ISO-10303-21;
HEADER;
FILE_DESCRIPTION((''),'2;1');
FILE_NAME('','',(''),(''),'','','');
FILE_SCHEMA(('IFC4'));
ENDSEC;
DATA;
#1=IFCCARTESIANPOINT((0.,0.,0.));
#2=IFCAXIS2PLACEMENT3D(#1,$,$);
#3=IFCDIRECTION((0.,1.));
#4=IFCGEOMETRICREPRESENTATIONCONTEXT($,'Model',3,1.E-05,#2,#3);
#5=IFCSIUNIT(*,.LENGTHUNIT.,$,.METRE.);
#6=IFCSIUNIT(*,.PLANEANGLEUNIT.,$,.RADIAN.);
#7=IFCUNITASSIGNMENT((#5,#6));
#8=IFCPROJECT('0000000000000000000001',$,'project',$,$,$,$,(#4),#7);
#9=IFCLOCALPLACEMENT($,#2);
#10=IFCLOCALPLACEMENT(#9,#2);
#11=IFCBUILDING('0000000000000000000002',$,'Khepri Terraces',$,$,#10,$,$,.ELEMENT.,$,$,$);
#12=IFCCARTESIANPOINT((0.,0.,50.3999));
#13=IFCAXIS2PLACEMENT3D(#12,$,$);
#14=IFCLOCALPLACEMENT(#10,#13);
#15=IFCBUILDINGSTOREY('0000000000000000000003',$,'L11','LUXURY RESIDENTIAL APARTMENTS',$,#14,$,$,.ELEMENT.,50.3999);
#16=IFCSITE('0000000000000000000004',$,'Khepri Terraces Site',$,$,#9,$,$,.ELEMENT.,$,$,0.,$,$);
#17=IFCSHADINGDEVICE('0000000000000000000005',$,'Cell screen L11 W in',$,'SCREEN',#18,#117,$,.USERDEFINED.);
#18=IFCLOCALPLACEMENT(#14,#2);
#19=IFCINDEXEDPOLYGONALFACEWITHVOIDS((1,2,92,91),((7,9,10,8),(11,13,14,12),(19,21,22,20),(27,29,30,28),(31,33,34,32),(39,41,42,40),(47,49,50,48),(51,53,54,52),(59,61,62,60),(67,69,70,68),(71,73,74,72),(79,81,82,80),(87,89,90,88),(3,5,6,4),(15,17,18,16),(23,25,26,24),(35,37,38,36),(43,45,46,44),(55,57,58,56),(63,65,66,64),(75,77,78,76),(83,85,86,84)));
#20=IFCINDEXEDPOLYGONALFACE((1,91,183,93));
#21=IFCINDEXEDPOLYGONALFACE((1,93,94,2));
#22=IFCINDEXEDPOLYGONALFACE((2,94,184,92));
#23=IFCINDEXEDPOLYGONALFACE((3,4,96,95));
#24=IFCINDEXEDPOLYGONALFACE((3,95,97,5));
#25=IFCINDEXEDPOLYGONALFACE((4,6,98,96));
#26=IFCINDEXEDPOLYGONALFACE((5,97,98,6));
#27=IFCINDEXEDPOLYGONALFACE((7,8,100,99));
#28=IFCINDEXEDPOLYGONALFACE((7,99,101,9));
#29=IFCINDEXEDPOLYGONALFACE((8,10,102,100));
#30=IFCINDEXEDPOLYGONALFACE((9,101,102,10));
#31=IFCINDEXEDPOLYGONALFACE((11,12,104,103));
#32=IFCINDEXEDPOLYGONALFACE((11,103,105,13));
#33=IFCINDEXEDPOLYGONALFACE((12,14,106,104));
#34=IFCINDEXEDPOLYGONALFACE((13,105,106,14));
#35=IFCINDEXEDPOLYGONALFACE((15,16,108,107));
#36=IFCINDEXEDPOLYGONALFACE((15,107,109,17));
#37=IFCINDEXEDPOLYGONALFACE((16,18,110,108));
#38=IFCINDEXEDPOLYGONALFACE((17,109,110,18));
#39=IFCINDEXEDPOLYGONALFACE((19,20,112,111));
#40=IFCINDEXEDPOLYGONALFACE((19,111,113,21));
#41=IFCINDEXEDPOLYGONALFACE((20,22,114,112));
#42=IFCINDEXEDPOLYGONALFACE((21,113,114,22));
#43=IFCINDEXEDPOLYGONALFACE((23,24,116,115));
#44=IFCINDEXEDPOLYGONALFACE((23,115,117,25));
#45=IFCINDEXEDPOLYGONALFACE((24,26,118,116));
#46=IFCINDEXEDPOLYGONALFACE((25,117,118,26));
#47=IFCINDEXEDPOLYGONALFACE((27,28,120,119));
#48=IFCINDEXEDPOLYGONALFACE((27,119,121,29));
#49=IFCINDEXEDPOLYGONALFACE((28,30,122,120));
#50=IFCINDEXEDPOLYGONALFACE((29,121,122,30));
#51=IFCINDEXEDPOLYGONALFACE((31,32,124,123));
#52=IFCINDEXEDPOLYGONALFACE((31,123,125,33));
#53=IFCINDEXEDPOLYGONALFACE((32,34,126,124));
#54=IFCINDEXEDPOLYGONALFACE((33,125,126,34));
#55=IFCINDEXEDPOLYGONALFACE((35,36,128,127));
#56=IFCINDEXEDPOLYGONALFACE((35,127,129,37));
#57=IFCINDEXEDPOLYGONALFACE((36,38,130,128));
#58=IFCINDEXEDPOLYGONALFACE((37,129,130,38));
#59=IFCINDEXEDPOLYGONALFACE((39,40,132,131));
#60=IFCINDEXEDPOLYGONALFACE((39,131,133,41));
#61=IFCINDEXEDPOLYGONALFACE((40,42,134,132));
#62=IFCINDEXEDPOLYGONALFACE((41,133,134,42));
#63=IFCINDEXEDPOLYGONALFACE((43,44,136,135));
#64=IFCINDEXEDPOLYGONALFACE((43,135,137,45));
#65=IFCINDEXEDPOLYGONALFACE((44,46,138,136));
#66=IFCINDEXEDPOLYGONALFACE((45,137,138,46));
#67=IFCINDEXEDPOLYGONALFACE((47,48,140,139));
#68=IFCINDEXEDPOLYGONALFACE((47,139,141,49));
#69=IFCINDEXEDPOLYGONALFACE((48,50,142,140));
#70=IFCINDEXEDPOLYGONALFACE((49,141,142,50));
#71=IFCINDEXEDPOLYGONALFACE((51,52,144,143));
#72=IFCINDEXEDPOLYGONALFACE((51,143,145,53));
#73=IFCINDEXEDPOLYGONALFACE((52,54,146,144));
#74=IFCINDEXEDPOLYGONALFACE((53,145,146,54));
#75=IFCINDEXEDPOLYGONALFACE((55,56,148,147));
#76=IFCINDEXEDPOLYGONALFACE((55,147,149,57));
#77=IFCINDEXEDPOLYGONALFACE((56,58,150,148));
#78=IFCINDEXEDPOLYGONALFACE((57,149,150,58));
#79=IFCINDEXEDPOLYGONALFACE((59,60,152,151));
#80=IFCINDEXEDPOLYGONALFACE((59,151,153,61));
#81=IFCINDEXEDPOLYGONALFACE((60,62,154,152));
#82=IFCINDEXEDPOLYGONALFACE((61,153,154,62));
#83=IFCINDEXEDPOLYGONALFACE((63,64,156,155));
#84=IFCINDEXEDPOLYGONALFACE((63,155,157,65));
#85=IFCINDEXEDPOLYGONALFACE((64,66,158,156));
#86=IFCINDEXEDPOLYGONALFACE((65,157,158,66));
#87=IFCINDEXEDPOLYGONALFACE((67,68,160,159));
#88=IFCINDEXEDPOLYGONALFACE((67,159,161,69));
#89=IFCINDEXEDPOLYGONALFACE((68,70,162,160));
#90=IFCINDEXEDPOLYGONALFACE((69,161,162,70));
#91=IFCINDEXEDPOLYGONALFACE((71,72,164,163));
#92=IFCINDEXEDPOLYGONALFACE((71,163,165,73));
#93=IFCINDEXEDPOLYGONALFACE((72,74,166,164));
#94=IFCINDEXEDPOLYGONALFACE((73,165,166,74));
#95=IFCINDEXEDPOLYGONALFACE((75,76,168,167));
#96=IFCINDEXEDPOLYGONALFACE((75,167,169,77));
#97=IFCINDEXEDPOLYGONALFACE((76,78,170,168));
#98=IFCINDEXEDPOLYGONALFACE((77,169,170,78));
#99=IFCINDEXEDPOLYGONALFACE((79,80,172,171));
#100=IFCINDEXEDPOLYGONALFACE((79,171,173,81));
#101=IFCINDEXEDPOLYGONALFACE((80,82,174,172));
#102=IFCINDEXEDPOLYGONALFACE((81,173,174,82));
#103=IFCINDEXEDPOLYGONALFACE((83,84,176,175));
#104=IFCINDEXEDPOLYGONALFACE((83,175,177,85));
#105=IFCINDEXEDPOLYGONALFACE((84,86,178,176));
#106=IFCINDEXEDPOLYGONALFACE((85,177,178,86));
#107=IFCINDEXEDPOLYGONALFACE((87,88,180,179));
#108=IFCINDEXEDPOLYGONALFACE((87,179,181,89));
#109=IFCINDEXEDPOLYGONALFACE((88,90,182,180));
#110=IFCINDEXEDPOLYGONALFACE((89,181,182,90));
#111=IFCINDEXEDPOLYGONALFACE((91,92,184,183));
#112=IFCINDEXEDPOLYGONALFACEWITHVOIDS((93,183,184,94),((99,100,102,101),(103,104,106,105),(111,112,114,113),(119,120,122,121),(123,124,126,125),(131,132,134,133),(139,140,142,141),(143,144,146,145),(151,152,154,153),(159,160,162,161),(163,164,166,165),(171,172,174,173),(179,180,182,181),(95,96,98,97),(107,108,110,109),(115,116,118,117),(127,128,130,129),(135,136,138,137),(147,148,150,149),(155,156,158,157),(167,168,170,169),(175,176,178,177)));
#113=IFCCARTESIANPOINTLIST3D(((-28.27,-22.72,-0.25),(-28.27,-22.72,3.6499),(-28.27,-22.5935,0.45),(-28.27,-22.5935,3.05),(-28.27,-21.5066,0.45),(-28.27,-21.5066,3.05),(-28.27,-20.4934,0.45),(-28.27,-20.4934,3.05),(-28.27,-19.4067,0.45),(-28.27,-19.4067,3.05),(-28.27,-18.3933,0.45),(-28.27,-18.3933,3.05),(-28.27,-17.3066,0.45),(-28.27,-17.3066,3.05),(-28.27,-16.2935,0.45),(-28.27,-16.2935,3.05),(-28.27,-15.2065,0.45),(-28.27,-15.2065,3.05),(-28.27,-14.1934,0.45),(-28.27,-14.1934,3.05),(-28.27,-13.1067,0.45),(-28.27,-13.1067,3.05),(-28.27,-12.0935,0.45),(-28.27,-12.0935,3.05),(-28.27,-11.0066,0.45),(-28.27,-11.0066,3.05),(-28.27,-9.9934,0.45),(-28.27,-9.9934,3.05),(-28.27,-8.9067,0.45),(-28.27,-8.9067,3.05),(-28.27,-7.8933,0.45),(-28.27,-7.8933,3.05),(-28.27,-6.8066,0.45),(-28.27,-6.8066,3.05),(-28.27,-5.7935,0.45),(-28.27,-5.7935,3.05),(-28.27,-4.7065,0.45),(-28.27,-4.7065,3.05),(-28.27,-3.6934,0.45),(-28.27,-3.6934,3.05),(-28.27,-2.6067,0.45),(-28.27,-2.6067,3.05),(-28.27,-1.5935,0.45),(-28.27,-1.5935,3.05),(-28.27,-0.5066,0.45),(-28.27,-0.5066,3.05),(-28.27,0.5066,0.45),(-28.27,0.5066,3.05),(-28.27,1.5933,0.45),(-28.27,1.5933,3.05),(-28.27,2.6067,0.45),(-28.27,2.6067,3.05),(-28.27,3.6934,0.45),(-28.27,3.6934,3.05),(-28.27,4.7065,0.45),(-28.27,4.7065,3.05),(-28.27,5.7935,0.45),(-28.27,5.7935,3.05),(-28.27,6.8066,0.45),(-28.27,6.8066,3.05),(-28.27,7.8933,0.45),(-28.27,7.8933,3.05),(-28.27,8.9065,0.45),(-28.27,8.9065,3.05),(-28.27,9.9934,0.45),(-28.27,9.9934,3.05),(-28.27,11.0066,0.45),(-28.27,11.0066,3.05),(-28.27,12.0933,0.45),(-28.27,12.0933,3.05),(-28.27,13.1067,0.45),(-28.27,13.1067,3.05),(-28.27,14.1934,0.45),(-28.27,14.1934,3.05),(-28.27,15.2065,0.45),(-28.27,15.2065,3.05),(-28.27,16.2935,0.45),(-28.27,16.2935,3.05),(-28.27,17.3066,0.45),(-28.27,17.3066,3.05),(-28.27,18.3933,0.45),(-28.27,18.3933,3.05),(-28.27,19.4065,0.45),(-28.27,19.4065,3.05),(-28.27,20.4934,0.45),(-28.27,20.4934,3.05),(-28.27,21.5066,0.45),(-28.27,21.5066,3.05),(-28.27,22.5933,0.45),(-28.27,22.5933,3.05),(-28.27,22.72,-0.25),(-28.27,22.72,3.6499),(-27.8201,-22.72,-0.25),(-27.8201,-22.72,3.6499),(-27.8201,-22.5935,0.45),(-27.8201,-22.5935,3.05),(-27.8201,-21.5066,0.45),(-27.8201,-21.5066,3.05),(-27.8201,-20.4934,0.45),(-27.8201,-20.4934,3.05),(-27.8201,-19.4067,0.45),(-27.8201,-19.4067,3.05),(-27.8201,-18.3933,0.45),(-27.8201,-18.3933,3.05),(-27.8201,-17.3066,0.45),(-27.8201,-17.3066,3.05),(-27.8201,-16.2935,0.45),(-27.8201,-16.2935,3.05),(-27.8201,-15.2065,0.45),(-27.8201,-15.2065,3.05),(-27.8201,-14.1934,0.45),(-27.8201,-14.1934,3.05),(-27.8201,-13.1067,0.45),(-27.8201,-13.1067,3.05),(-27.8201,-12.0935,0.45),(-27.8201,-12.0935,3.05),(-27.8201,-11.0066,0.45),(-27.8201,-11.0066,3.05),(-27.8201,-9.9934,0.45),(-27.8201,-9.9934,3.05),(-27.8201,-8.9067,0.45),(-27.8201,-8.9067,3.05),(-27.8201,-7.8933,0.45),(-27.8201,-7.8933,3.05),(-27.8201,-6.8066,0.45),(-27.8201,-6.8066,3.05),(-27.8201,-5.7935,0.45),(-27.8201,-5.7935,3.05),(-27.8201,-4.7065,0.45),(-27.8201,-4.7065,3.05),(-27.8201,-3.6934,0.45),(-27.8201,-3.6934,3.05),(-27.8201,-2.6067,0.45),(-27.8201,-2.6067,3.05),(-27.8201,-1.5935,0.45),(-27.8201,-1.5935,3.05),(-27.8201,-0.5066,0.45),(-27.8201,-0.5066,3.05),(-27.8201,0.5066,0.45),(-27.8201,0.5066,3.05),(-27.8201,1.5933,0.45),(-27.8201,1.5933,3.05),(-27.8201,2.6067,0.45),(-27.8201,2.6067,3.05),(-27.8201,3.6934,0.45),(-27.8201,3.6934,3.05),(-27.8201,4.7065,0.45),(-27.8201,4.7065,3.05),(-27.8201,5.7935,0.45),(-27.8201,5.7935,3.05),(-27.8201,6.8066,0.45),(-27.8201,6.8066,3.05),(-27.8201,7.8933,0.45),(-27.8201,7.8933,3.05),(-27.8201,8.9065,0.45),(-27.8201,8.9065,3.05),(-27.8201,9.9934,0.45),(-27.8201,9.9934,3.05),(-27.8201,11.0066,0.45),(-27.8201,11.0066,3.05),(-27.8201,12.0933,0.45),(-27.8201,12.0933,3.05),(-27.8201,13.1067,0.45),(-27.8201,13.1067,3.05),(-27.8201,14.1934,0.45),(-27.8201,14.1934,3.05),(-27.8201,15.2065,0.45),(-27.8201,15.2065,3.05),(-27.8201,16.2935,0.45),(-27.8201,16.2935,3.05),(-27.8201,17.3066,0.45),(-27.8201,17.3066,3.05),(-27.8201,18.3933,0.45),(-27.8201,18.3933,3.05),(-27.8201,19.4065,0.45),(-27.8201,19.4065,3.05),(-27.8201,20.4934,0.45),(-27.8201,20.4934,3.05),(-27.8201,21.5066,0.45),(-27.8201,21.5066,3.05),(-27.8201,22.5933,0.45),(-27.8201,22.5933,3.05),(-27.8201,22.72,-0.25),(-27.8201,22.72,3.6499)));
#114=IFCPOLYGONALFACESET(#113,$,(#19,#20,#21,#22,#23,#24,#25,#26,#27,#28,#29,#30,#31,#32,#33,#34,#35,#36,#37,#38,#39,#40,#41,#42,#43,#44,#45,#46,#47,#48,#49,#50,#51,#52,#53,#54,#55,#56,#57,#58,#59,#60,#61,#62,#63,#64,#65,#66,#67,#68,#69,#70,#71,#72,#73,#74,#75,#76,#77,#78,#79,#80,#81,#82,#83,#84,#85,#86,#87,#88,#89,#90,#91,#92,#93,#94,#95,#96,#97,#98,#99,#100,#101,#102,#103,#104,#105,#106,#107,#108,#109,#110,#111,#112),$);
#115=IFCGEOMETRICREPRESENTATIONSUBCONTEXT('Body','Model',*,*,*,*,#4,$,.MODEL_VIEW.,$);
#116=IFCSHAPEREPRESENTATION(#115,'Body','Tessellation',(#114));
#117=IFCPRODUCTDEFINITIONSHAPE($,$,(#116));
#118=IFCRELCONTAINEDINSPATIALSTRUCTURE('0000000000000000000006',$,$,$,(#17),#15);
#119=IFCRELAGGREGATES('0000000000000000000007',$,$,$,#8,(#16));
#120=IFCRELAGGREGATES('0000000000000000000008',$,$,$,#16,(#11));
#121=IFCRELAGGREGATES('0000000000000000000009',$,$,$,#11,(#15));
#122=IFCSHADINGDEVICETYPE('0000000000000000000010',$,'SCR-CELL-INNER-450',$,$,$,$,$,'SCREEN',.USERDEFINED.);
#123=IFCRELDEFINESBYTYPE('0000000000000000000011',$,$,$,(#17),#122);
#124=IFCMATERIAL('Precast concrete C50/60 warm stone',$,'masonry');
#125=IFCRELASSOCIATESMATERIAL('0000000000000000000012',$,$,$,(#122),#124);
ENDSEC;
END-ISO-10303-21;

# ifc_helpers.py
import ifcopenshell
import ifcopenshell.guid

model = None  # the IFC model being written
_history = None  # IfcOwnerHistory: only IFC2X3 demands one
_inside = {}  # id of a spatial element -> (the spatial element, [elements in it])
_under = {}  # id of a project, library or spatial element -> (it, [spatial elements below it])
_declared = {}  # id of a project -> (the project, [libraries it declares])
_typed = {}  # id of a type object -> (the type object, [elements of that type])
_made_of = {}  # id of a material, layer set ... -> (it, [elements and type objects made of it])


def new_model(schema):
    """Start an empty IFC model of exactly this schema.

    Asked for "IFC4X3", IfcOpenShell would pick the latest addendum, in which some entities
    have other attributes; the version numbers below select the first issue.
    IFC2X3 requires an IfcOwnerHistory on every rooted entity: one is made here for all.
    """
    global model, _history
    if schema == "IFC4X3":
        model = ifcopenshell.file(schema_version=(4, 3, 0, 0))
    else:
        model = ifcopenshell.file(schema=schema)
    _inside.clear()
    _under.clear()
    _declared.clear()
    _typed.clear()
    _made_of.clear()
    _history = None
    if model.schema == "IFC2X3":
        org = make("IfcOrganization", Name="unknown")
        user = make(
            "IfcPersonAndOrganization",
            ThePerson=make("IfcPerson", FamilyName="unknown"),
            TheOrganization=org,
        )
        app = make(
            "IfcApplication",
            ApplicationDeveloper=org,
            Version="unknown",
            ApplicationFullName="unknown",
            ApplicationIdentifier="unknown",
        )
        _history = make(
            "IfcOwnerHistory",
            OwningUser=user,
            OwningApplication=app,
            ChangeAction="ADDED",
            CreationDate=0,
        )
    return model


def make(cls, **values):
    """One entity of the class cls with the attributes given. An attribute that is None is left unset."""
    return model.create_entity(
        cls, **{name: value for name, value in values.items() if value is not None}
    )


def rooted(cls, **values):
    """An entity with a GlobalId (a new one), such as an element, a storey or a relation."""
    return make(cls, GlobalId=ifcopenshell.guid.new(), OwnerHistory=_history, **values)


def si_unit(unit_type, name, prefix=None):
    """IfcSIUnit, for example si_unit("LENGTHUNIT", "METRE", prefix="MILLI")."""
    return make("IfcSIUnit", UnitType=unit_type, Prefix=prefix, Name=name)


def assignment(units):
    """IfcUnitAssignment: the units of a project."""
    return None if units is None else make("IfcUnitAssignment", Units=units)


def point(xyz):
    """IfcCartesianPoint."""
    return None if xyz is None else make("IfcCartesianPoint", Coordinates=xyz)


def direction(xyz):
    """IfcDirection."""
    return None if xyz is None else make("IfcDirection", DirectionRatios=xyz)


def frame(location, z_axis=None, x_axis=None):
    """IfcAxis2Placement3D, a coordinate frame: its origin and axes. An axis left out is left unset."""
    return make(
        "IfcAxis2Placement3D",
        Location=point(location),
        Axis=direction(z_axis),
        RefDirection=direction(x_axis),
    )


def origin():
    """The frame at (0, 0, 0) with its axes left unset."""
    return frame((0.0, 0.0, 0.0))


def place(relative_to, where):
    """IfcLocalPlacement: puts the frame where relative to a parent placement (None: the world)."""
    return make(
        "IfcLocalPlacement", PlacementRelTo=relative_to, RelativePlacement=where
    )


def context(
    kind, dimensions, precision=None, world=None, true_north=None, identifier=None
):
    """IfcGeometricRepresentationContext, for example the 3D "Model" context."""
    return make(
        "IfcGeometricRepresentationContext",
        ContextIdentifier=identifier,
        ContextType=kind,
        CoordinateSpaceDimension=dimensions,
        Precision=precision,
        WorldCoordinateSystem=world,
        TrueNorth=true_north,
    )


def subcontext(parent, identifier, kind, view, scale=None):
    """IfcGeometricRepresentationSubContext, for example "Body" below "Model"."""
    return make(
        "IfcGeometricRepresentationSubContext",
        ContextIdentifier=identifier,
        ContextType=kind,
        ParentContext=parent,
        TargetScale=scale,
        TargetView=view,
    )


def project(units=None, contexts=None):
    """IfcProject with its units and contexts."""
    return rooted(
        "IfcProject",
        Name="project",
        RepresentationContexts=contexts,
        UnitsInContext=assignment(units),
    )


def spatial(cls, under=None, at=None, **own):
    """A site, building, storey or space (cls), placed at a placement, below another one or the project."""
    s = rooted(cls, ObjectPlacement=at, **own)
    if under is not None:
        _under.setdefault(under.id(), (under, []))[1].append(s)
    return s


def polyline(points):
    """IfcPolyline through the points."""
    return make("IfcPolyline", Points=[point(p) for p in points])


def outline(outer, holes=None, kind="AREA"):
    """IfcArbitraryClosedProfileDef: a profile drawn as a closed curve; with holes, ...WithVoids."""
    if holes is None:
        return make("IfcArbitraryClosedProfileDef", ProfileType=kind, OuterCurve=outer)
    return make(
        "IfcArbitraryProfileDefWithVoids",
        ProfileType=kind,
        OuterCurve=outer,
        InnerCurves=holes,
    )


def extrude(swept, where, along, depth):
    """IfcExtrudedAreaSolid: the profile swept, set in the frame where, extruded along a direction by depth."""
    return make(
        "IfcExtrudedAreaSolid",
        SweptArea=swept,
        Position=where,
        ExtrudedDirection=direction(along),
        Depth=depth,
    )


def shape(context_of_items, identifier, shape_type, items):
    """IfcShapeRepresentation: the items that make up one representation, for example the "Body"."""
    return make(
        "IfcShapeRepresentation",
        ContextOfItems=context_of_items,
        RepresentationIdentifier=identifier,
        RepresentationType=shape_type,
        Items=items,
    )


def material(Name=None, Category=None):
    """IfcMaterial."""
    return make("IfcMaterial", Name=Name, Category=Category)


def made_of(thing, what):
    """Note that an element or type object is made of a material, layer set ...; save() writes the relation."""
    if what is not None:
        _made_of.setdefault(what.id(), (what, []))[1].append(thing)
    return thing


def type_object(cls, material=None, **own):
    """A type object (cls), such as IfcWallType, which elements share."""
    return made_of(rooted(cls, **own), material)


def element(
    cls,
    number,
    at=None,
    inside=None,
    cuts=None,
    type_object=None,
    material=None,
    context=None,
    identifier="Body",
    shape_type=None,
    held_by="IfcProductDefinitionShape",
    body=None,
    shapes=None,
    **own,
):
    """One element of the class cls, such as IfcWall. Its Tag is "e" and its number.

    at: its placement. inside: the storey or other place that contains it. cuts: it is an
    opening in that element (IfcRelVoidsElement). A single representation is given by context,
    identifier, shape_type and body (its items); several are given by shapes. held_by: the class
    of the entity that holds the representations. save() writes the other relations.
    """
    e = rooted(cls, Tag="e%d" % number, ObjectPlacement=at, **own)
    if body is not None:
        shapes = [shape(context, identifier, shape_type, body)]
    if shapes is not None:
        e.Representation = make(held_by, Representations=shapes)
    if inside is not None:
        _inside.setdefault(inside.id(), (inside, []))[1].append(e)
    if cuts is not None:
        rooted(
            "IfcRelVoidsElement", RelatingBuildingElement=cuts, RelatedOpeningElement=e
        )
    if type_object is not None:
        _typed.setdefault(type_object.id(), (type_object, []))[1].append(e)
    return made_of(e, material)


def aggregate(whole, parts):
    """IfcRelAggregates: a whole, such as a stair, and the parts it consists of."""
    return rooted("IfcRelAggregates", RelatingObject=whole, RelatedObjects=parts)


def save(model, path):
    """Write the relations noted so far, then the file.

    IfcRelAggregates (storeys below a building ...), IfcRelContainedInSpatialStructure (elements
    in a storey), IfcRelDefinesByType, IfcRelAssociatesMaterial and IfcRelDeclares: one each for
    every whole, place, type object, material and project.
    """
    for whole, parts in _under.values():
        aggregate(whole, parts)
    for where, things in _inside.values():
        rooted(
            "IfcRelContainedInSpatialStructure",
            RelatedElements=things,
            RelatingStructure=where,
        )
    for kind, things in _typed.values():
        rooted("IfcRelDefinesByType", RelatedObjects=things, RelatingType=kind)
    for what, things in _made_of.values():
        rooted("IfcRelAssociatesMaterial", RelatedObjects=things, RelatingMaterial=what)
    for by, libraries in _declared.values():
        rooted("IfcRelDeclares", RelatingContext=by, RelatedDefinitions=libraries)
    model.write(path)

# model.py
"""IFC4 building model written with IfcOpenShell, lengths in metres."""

from ifc_helpers import new_model, si_unit, direction, frame, origin, place, context, subcontext, project, spatial, polyline, outline, extrude, material, type_object, element, save


model = new_model("IFC4")

# Units and contexts
model_context = context("Model", 3, precision=1e-05, world=origin(), true_north=direction((0.0, 1.0)))
body_context = subcontext(model_context, "Body", "Model", "MODEL_VIEW")
ifc_project = project(units=[si_unit("LENGTHUNIT", "METRE"), si_unit("PLANEANGLEUNIT", "RADIAN")], contexts=[model_context])

# Site, building, storey
site_placement = place(None, origin())
site = spatial("IfcSite", under=ifc_project, at=site_placement, Name="Khepri Terraces Site", CompositionType="ELEMENT", RefElevation=0.0)
building_placement = place(site_placement, origin())
building = spatial("IfcBuilding", under=site, at=building_placement, Name="Khepri Terraces", CompositionType="ELEMENT")
storey_placement = place(building_placement, frame((0.0, 0.0, 50.3999)))
storey = spatial("IfcBuildingStorey", under=building, at=storey_placement, Name="L11", Description="LUXURY RESIDENTIAL APARTMENTS", CompositionType="ELEMENT", Elevation=50.3999)

# Shared definitions
ifc_material_1 = material(Name="Precast concrete C50/60 warm stone", Category="masonry")

# Shading device
shading_device_type_1 = type_object("IfcShadingDeviceType", Name="SCR-CELL-INNER-450", ElementType="SCREEN", PredefinedType="USERDEFINED", material=ifc_material_1)
shading_device_1_placement = place(storey_placement, frame((-27.8201, 22.72, -0.25), z_axis=(-1.0, 0.0, 0.0), x_axis=(0.0, -1.0, 0.0)))
element("IfcShadingDevice", 1, at=shading_device_1_placement, inside=storey, type_object=shading_device_type_1, Name="Cell screen L11 W in", ObjectType="SCREEN", PredefinedType="USERDEFINED", context=body_context, shape_type="SweptSolid", body=[
    extrude(outline(polyline([(0.0, 0.0), (45.4399, 0.0), (45.4399, 3.8999), (0.0, 3.8999), (0.0, 0.0)]), holes=[polyline([(0.1267, 0.7), (1.2134, 0.7), (1.2134, 3.3), (0.1267, 3.3), (0.1267, 0.7)]), polyline([(2.2266, 0.7), (3.3135, 0.7), (3.3135, 3.3), (2.2266, 3.3), (2.2266, 0.7)]), polyline([(4.3267, 0.7), (5.4133, 0.7), (5.4133, 3.3), (4.3267, 3.3), (4.3267, 0.7)]), polyline([(6.4265, 0.7), (7.5134, 0.7), (7.5134, 3.3), (6.4265, 3.3), (6.4265, 0.7)]), polyline([(8.5266, 0.7), (9.6133, 0.7), (9.6133, 3.3), (8.5266, 3.3), (8.5266, 0.7)]), polyline([(10.6267, 0.7), (11.7134, 0.7), (11.7134, 3.3), (10.6267, 3.3), (10.6267, 0.7)]), polyline([(12.7266, 0.7), (13.8135, 0.7), (13.8135, 3.3), (12.7266, 3.3), (12.7266, 0.7)]), polyline([(14.8267, 0.7), (15.9133, 0.7), (15.9133, 3.3), (14.8267, 3.3), (14.8267, 0.7)]), polyline([(16.9265, 0.7), (18.0134, 0.7), (18.0134, 3.3), (16.9265, 3.3), (16.9265, 0.7)]), polyline([(19.0266, 0.7), (20.1133, 0.7), (20.1133, 3.3), (19.0266, 3.3), (19.0266, 0.7)]), polyline([(21.1267, 0.7), (22.2134, 0.7), (22.2134, 3.3), (21.1267, 3.3), (21.1267, 0.7)]), polyline([(23.2266, 0.7), (24.3135, 0.7), (24.3135, 3.3), (23.2266, 3.3), (23.2266, 0.7)]), polyline([(25.3267, 0.7), (26.4133, 0.7), (26.4133, 3.3), (25.3267, 3.3), (25.3267, 0.7)]), polyline([(27.4265, 0.7), (28.5134, 0.7), (28.5134, 3.3), (27.4265, 3.3), (27.4265, 0.7)]), polyline([(29.5266, 0.7), (30.6133, 0.7), (30.6133, 3.3), (29.5266, 3.3), (29.5266, 0.7)]), polyline([(31.6267, 0.7), (32.7134, 0.7), (32.7134, 3.3), (31.6267, 3.3), (31.6267, 0.7)]), polyline([(33.7266, 0.7), (34.8135, 0.7), (34.8135, 3.3), (33.7266, 3.3), (33.7266, 0.7)]), polyline([(35.8267, 0.7), (36.9133, 0.7), (36.9133, 3.3), (35.8267, 3.3), (35.8267, 0.7)]), polyline([(37.9265, 0.7), (39.0134, 0.7), (39.0134, 3.3), (37.9265, 3.3), (37.9265, 0.7)]), polyline([(40.0266, 0.7), (41.1133, 0.7), (41.1133, 3.3), (40.0266, 3.3), (40.0266, 0.7)]), polyline([(42.1267, 0.7), (43.2134, 0.7), (43.2134, 3.3), (42.1267, 3.3), (42.1267, 0.7)]), polyline([(44.2266, 0.7), (45.3135, 0.7), (45.3135, 3.3), (44.2266, 3.3), (44.2266, 0.7)])]), origin(), (0.0, 0.0, 1.0), 0.45),
])

save(model, "model.ifc")
